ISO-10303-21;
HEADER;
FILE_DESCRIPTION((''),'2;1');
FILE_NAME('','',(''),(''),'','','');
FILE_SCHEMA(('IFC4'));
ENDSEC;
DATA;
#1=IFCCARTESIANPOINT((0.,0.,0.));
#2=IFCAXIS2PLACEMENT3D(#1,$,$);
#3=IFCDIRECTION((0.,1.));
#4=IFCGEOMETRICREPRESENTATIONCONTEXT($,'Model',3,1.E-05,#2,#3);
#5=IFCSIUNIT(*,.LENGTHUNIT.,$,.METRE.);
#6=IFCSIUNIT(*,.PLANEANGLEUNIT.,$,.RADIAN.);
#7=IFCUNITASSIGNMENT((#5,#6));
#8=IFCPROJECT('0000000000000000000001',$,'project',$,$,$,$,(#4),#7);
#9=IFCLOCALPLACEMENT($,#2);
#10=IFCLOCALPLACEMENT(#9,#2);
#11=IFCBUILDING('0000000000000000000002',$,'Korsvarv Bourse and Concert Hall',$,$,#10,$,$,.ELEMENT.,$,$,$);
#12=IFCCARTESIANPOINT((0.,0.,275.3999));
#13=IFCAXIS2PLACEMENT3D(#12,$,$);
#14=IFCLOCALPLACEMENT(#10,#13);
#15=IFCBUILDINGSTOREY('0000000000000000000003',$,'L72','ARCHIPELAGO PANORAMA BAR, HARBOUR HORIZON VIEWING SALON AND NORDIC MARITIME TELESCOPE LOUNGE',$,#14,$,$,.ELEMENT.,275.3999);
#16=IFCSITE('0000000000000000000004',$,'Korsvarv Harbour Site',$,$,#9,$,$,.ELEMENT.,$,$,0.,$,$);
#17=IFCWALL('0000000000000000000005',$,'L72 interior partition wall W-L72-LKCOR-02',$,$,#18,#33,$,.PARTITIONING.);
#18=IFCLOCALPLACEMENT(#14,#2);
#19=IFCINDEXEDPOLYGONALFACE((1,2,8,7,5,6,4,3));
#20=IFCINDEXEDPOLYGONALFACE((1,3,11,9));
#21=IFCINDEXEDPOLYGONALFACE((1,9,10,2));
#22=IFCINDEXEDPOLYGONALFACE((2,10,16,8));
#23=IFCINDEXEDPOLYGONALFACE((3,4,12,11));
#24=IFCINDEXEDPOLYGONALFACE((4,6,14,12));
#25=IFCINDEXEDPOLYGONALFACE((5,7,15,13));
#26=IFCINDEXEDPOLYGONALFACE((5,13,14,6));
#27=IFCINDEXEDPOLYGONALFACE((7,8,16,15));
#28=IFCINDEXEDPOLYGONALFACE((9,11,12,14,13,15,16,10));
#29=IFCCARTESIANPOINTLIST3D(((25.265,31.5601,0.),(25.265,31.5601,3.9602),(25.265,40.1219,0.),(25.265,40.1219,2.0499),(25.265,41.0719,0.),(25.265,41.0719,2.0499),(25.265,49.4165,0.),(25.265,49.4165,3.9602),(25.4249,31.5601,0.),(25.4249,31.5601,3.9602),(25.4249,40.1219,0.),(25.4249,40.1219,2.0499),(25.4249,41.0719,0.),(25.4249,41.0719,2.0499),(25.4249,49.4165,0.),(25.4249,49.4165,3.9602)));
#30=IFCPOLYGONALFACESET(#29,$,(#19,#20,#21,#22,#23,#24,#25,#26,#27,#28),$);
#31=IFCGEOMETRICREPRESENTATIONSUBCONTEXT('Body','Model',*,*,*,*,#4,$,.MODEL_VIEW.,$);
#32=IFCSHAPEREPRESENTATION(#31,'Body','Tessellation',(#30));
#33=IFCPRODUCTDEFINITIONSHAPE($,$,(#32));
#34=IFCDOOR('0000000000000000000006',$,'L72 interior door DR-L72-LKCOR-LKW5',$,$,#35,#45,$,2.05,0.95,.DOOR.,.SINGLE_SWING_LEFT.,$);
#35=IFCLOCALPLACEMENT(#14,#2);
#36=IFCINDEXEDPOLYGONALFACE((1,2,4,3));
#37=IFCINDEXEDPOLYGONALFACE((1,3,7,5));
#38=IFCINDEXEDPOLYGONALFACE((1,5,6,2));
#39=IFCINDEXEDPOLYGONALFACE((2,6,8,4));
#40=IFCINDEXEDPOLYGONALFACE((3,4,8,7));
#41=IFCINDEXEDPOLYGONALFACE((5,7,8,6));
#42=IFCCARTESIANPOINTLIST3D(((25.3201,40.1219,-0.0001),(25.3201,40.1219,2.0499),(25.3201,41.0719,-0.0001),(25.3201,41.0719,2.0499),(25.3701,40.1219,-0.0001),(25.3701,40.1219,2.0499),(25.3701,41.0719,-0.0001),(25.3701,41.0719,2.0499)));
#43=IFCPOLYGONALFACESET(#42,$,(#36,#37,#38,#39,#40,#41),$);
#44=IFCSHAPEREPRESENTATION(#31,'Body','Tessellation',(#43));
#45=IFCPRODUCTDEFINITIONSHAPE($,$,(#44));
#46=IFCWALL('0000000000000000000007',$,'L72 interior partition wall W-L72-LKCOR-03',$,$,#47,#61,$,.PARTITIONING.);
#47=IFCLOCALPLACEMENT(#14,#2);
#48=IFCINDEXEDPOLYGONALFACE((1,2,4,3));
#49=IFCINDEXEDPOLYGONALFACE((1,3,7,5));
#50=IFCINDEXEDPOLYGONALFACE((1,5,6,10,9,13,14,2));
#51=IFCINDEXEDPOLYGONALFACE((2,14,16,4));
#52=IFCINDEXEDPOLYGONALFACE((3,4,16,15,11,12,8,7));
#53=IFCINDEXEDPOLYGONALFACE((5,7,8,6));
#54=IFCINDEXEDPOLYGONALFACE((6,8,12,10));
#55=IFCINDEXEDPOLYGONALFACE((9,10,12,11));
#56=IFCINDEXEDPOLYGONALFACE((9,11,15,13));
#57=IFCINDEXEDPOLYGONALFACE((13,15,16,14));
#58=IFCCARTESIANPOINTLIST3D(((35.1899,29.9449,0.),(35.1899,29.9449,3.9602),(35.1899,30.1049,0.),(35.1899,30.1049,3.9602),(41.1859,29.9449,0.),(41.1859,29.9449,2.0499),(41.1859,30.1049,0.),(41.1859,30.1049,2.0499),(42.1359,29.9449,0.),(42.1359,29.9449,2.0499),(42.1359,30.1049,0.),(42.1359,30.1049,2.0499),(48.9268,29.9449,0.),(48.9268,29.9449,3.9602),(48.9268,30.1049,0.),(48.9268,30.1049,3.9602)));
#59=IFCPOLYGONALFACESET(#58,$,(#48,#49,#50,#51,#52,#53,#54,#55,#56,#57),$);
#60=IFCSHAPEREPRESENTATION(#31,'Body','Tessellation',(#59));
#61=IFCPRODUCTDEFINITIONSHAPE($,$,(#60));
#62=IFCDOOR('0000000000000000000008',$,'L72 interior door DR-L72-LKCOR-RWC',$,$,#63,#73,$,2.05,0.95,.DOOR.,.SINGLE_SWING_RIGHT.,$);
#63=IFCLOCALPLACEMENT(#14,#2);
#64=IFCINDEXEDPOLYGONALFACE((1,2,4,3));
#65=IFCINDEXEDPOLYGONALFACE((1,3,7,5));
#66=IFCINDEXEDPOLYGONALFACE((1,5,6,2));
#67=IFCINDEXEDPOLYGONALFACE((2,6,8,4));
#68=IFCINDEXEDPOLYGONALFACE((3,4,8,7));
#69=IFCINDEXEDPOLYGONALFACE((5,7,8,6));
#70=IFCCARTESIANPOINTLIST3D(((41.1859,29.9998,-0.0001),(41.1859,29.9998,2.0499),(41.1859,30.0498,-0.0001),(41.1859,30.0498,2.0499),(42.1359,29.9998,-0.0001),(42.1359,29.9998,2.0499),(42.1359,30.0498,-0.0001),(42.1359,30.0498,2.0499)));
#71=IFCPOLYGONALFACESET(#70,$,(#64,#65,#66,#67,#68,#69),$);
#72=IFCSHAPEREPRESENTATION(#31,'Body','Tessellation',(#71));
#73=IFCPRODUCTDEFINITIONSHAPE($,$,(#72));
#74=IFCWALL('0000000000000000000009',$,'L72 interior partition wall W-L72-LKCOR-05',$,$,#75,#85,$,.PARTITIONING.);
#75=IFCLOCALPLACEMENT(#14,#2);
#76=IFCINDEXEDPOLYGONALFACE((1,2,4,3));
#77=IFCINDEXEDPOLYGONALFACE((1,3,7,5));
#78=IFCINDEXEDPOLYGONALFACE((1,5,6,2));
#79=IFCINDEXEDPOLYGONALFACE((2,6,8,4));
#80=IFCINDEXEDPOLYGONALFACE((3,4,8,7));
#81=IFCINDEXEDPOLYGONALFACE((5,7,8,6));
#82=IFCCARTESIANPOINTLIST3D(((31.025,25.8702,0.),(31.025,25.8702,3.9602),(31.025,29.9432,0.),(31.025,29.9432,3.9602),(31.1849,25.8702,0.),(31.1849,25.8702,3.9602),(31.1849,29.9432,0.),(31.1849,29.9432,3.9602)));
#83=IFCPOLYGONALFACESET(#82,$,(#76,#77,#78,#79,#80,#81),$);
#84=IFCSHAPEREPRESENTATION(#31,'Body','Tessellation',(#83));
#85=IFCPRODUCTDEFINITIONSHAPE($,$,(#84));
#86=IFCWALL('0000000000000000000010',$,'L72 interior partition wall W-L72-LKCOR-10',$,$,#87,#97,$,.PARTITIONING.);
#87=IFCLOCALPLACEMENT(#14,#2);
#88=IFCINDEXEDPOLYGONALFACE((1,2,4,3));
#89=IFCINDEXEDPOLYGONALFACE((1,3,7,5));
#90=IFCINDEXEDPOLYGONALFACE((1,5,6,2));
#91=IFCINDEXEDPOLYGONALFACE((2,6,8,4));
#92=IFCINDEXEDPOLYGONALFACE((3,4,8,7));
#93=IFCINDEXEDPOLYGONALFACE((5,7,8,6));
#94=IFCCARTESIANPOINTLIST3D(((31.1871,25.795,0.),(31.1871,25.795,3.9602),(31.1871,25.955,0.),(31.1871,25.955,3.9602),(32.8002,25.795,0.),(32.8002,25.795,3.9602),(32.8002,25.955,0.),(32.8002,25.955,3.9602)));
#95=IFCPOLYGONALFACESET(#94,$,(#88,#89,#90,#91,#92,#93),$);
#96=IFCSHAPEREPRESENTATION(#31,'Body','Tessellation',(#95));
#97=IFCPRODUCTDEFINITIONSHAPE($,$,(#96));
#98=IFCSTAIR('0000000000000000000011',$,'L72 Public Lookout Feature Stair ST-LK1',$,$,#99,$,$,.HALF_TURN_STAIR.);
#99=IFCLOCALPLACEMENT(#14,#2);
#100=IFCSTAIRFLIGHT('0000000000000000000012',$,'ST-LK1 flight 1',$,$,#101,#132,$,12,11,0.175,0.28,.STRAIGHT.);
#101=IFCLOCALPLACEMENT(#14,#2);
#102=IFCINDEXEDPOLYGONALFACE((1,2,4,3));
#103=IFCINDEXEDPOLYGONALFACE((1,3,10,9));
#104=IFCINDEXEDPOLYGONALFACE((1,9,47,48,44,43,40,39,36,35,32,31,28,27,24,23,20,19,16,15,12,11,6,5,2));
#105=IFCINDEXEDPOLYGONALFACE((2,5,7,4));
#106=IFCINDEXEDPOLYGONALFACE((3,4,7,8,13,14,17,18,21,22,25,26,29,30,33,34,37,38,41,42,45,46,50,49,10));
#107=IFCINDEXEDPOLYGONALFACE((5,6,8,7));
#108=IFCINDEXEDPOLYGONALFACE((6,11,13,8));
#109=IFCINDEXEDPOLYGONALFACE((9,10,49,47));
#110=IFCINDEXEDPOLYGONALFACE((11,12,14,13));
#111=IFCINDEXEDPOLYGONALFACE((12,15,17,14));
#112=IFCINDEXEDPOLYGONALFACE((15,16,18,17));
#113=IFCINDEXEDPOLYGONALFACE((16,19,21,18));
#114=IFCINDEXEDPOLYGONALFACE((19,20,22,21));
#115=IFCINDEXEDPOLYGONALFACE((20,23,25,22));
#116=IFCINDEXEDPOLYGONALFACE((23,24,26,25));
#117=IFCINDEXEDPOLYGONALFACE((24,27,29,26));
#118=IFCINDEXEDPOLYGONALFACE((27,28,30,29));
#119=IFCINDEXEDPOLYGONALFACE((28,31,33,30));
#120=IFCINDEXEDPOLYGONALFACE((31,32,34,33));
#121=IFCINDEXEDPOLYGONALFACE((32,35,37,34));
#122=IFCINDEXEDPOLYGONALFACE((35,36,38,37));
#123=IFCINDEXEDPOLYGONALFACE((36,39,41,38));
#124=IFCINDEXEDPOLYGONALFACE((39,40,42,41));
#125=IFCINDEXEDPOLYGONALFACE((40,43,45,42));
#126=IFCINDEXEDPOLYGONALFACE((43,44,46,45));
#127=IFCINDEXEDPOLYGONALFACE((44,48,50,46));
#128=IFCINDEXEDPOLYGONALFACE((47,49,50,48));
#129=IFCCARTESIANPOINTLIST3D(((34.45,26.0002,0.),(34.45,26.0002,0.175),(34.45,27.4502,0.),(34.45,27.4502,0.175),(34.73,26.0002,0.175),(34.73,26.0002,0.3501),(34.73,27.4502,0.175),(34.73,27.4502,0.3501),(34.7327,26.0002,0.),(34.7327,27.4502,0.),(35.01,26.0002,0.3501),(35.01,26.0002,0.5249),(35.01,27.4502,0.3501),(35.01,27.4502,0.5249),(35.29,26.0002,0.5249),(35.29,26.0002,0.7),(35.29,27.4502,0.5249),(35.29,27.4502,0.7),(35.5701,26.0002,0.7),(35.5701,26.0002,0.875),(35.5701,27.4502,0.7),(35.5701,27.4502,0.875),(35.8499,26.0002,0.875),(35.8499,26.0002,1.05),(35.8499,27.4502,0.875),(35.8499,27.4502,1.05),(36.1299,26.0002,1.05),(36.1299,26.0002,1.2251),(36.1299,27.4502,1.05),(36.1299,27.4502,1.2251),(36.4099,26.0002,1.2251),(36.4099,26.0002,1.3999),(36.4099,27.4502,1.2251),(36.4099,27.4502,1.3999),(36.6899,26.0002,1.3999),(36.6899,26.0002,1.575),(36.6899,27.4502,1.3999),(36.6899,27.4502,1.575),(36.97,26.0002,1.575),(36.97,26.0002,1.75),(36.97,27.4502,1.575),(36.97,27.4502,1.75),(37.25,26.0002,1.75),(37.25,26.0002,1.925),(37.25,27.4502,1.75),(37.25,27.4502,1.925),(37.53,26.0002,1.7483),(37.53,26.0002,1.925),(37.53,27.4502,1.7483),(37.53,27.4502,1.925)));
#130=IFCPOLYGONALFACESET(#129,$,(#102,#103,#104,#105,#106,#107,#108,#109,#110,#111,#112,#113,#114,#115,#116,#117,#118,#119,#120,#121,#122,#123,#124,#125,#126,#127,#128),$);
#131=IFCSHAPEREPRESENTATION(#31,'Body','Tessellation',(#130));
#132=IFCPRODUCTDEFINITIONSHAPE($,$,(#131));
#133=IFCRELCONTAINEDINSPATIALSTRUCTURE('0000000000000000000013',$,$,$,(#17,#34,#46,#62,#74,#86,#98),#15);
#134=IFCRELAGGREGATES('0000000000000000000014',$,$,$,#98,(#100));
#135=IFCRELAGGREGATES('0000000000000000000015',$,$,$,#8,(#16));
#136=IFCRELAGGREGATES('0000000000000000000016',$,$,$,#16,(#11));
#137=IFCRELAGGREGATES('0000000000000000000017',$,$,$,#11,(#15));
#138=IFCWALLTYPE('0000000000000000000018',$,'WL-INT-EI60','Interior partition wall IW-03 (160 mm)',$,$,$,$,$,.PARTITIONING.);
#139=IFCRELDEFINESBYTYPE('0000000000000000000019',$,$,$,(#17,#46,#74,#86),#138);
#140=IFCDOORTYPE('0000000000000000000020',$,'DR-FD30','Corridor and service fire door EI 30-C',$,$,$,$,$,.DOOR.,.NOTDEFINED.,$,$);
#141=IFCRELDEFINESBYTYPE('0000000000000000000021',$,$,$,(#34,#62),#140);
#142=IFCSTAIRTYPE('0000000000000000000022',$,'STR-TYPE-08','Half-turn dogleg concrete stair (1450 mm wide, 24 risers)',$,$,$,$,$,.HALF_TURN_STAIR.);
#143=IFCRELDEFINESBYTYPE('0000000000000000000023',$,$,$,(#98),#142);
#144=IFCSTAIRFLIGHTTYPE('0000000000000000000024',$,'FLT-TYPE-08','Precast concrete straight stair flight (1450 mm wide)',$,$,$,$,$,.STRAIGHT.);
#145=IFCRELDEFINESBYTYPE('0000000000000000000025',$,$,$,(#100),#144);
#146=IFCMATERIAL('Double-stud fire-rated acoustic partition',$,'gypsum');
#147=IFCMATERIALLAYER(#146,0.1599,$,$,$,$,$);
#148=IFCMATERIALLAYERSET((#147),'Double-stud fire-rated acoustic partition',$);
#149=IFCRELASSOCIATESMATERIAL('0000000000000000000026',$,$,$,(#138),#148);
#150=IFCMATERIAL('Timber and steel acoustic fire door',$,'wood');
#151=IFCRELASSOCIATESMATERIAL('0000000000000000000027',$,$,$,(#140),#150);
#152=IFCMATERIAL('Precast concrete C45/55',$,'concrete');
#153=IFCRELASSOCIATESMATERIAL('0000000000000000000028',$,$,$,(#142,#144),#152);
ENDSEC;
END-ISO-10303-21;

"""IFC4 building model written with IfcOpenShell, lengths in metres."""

from ifc_helpers import new_model, si_unit, direction, frame, frame_2d, origin, place, context, subcontext, project, spatial, polyline, rectangle, outline, extrude, material, layer, layer_set, type_object, element, fill, aggregate, save


model = new_model("IFC4")

# Units and contexts
model_context = context("Model", 3, precision=1e-05, world=origin(), true_north=direction((0.0, 1.0)))
body_context = subcontext(model_context, "Body", "Model", "MODEL_VIEW")
ifc_project = project(units=[si_unit("LENGTHUNIT", "METRE"), si_unit("PLANEANGLEUNIT", "RADIAN")], contexts=[model_context])

# Site, building, storey
site_placement = place(None, origin())
site = spatial("IfcSite", under=ifc_project, at=site_placement, Name="Korsvarv Harbour Site", CompositionType="ELEMENT", RefElevation=0.0)
building_placement = place(site_placement, origin())
building = spatial("IfcBuilding", under=site, at=building_placement, Name="Korsvarv Bourse and Concert Hall", CompositionType="ELEMENT")
storey_placement = place(building_placement, frame((0.0, 0.0, 275.3999)))
storey = spatial("IfcBuildingStorey", under=building, at=storey_placement, Name="L72", Description="ARCHIPELAGO PANORAMA BAR, HARBOUR HORIZON VIEWING SALON AND NORDIC MARITIME TELESCOPE LOUNGE", CompositionType="ELEMENT", Elevation=275.3999)

# Walls, openings, doors
ifc_material_1 = material(Name="Double-stud fire-rated acoustic partition", Category="gypsum")
ifc_layer_1 = layer(ifc_material_1, 0.1599)
ifc_layer_set_1 = layer_set([ifc_layer_1], Name="Double-stud fire-rated acoustic partition")
wall_type_1 = type_object("IfcWallType", Name="WL-INT-EI60", Description="Interior partition wall IW-03 (160 mm)", PredefinedType="PARTITIONING", material=ifc_layer_set_1)
wall_1_placement = place(storey_placement, frame((25.345, 31.5601, 0.0), z_axis=(0.0, 0.0, 1.0), x_axis=(0.0, 1.0, 0.0)))
wall_1 = element("IfcWall", 1, at=wall_1_placement, inside=storey, type_object=wall_type_1, Name="L72 interior partition wall W-L72-LKCOR-02", PredefinedType="PARTITIONING", context=body_context, shape_type="SweptSolid", body=[
    extrude(rectangle(XDim=17.8564, YDim=0.1599, at=frame_2d((8.9282, 0.0))), origin(), (0.0, 0.0, 1.0), 3.9602),
])
opening_1_placement = place(wall_1_placement, frame((8.5618, 0.0, 0.0)))
opening_1 = element("IfcOpeningElement", 2, at=opening_1_placement, cuts=wall_1, PredefinedType="OPENING", context=body_context, shape_type="SweptSolid", body=[
    extrude(rectangle(XDim=0.95, YDim=2.05, at=frame_2d((0.4751, 1.0249))), frame((0.0, 0.0898, 0.0), z_axis=(0.0, -1.0, 0.0), x_axis=(1.0, 0.0, 0.0)), (0.0, 0.0, 1.0), 0.1799),
])
ifc_material_2 = material(Name="Timber and steel acoustic fire door", Category="wood")
door_type_1 = type_object("IfcDoorType", Name="DR-FD30", Description="Corridor and service fire door EI 30-C", OperationType="NOTDEFINED", PredefinedType="DOOR", material=ifc_material_2)
door_1_placement = place(opening_1_placement, origin())
door_1 = element("IfcDoor", 3, at=door_1_placement, inside=storey, type_object=door_type_1, Name="L72 interior door DR-L72-LKCOR-LKW5", OperationType="SINGLE_SWING_LEFT", OverallHeight=2.05, OverallWidth=0.95, PredefinedType="DOOR", context=body_context, shape_type="SweptSolid", body=[
    extrude(rectangle(XDim=0.95, YDim=2.05, at=frame_2d((0.4751, 1.0249))), frame((0.0, 0.0249, 0.0), z_axis=(0.0, -1.0, 0.0), x_axis=(1.0, 0.0, 0.0)), (0.0, 0.0, 1.0), 0.05),
])
fill(opening_1, door_1)
wall_2_placement = place(storey_placement, frame((35.1899, 30.0249, 0.0), z_axis=(0.0, 0.0, 1.0), x_axis=(1.0, 0.0, 0.0)))
wall_2 = element("IfcWall", 4, at=wall_2_placement, inside=storey, type_object=wall_type_1, Name="L72 interior partition wall W-L72-LKCOR-03", PredefinedType="PARTITIONING", context=body_context, shape_type="SweptSolid", body=[
    extrude(rectangle(XDim=13.7368, YDim=0.1599, at=frame_2d((6.8684, 0.0))), origin(), (0.0, 0.0, 1.0), 3.9602),
])
opening_2_placement = place(wall_2_placement, frame((5.9958, 0.0, 0.0)))
opening_2 = element("IfcOpeningElement", 5, at=opening_2_placement, cuts=wall_2, PredefinedType="OPENING", context=body_context, shape_type="SweptSolid", body=[
    extrude(rectangle(XDim=0.95, YDim=2.05, at=frame_2d((0.4751, 1.0249))), frame((0.0, 0.0898, 0.0), z_axis=(0.0, -1.0, 0.0), x_axis=(1.0, 0.0, 0.0)), (0.0, 0.0, 1.0), 0.1799),
])
door_2_placement = place(opening_2_placement, origin())
door_2 = element("IfcDoor", 6, at=door_2_placement, inside=storey, type_object=door_type_1, Name="L72 interior door DR-L72-LKCOR-RWC", OperationType="SINGLE_SWING_RIGHT", OverallHeight=2.05, OverallWidth=0.95, PredefinedType="DOOR", context=body_context, shape_type="SweptSolid", body=[
    extrude(rectangle(XDim=0.95, YDim=2.05, at=frame_2d((0.4751, 1.0249))), frame((0.0, 0.0249, 0.0), z_axis=(0.0, -1.0, 0.0), x_axis=(1.0, 0.0, 0.0)), (0.0, 0.0, 1.0), 0.05),
])
fill(opening_2, door_2)

# Walls
wall_3_placement = place(storey_placement, frame((31.105, 25.8701, 0.0), z_axis=(0.0, 0.0, 1.0), x_axis=(0.0, 1.0, 0.0)))
element("IfcWall", 7, at=wall_3_placement, inside=storey, type_object=wall_type_1, Name="L72 interior partition wall W-L72-LKCOR-05", PredefinedType="PARTITIONING", context=body_context, shape_type="SweptSolid", body=[
    extrude(rectangle(XDim=4.073, YDim=0.1599, at=frame_2d((2.0366, 0.0))), origin(), (0.0, 0.0, 1.0), 3.9602),
])
wall_4_placement = place(storey_placement, frame((31.187, 25.875, 0.0), z_axis=(0.0, 0.0, 1.0), x_axis=(1.0, 0.0, 0.0)))
element("IfcWall", 8, at=wall_4_placement, inside=storey, type_object=wall_type_1, Name="L72 interior partition wall W-L72-LKCOR-10", PredefinedType="PARTITIONING", context=body_context, shape_type="SweptSolid", body=[
    extrude(rectangle(XDim=1.613, YDim=0.1599, at=frame_2d((0.8066, 0.0))), origin(), (0.0, 0.0, 1.0), 3.9602),
])

# Stair, stair flight
ifc_material_3 = material(Name="Precast concrete C45/55", Category="concrete")
stair_type = type_object("IfcStairType", Name="STR-TYPE-08", Description="Half-turn dogleg concrete stair (1450 mm wide, 24 risers)", PredefinedType="HALF_TURN_STAIR", material=ifc_material_3)
stair_placement = place(storey_placement, origin())
stair = element("IfcStair", 9, at=stair_placement, inside=storey, type_object=stair_type, Name="L72 Public Lookout Feature Stair ST-LK1", PredefinedType="HALF_TURN_STAIR")
stair_flight_type = type_object("IfcStairFlightType", Name="FLT-TYPE-08", Description="Precast concrete straight stair flight (1450 mm wide)", PredefinedType="STRAIGHT", material=ifc_material_3)
stair_flight_placement = place(storey_placement, frame((34.45, 26.7251, 0.0), z_axis=(0.0, 0.0, 1.0), x_axis=(1.0, 0.0, 0.0)))
stair_flight = element("IfcStairFlight", 10, at=stair_flight_placement, type_object=stair_flight_type, Name="ST-LK1 flight 1", NumberOfRisers=12, NumberOfTreads=11, PredefinedType="STRAIGHT", RiserHeight=0.175, TreadLength=0.28, context=body_context, shape_type="SweptSolid", body=[
    extrude(outline(polyline([(0.0, 0.0), (0.0, 0.175), (0.28, 0.175), (0.28, 0.3501), (0.5601, 0.3501), (0.5601, 0.5249), (0.8401, 0.5249), (0.8401, 0.7), (1.1201, 0.7), (1.1201, 0.875), (1.3999, 0.875), (1.3999, 1.05), (1.6799, 1.05), (1.6799, 1.2251), (1.96, 1.2251), (1.96, 1.3999), (2.24, 1.3999), (2.24, 1.575), (2.52, 1.575), (2.52, 1.75), (2.8, 1.75), (2.8, 1.925), (3.0801, 1.925), (3.0801, 2.1001), (3.0801, 1.7483), (0.2827, 0.0), (0.0, 0.0)])), frame((0.0, 0.7251, 0.0), z_axis=(0.0, -1.0, 0.0), x_axis=(1.0, 0.0, 0.0)), (0.0, 0.0, 1.0), 1.45),
])
aggregate(stair, [stair_flight])

save(model, "model.ifc")
